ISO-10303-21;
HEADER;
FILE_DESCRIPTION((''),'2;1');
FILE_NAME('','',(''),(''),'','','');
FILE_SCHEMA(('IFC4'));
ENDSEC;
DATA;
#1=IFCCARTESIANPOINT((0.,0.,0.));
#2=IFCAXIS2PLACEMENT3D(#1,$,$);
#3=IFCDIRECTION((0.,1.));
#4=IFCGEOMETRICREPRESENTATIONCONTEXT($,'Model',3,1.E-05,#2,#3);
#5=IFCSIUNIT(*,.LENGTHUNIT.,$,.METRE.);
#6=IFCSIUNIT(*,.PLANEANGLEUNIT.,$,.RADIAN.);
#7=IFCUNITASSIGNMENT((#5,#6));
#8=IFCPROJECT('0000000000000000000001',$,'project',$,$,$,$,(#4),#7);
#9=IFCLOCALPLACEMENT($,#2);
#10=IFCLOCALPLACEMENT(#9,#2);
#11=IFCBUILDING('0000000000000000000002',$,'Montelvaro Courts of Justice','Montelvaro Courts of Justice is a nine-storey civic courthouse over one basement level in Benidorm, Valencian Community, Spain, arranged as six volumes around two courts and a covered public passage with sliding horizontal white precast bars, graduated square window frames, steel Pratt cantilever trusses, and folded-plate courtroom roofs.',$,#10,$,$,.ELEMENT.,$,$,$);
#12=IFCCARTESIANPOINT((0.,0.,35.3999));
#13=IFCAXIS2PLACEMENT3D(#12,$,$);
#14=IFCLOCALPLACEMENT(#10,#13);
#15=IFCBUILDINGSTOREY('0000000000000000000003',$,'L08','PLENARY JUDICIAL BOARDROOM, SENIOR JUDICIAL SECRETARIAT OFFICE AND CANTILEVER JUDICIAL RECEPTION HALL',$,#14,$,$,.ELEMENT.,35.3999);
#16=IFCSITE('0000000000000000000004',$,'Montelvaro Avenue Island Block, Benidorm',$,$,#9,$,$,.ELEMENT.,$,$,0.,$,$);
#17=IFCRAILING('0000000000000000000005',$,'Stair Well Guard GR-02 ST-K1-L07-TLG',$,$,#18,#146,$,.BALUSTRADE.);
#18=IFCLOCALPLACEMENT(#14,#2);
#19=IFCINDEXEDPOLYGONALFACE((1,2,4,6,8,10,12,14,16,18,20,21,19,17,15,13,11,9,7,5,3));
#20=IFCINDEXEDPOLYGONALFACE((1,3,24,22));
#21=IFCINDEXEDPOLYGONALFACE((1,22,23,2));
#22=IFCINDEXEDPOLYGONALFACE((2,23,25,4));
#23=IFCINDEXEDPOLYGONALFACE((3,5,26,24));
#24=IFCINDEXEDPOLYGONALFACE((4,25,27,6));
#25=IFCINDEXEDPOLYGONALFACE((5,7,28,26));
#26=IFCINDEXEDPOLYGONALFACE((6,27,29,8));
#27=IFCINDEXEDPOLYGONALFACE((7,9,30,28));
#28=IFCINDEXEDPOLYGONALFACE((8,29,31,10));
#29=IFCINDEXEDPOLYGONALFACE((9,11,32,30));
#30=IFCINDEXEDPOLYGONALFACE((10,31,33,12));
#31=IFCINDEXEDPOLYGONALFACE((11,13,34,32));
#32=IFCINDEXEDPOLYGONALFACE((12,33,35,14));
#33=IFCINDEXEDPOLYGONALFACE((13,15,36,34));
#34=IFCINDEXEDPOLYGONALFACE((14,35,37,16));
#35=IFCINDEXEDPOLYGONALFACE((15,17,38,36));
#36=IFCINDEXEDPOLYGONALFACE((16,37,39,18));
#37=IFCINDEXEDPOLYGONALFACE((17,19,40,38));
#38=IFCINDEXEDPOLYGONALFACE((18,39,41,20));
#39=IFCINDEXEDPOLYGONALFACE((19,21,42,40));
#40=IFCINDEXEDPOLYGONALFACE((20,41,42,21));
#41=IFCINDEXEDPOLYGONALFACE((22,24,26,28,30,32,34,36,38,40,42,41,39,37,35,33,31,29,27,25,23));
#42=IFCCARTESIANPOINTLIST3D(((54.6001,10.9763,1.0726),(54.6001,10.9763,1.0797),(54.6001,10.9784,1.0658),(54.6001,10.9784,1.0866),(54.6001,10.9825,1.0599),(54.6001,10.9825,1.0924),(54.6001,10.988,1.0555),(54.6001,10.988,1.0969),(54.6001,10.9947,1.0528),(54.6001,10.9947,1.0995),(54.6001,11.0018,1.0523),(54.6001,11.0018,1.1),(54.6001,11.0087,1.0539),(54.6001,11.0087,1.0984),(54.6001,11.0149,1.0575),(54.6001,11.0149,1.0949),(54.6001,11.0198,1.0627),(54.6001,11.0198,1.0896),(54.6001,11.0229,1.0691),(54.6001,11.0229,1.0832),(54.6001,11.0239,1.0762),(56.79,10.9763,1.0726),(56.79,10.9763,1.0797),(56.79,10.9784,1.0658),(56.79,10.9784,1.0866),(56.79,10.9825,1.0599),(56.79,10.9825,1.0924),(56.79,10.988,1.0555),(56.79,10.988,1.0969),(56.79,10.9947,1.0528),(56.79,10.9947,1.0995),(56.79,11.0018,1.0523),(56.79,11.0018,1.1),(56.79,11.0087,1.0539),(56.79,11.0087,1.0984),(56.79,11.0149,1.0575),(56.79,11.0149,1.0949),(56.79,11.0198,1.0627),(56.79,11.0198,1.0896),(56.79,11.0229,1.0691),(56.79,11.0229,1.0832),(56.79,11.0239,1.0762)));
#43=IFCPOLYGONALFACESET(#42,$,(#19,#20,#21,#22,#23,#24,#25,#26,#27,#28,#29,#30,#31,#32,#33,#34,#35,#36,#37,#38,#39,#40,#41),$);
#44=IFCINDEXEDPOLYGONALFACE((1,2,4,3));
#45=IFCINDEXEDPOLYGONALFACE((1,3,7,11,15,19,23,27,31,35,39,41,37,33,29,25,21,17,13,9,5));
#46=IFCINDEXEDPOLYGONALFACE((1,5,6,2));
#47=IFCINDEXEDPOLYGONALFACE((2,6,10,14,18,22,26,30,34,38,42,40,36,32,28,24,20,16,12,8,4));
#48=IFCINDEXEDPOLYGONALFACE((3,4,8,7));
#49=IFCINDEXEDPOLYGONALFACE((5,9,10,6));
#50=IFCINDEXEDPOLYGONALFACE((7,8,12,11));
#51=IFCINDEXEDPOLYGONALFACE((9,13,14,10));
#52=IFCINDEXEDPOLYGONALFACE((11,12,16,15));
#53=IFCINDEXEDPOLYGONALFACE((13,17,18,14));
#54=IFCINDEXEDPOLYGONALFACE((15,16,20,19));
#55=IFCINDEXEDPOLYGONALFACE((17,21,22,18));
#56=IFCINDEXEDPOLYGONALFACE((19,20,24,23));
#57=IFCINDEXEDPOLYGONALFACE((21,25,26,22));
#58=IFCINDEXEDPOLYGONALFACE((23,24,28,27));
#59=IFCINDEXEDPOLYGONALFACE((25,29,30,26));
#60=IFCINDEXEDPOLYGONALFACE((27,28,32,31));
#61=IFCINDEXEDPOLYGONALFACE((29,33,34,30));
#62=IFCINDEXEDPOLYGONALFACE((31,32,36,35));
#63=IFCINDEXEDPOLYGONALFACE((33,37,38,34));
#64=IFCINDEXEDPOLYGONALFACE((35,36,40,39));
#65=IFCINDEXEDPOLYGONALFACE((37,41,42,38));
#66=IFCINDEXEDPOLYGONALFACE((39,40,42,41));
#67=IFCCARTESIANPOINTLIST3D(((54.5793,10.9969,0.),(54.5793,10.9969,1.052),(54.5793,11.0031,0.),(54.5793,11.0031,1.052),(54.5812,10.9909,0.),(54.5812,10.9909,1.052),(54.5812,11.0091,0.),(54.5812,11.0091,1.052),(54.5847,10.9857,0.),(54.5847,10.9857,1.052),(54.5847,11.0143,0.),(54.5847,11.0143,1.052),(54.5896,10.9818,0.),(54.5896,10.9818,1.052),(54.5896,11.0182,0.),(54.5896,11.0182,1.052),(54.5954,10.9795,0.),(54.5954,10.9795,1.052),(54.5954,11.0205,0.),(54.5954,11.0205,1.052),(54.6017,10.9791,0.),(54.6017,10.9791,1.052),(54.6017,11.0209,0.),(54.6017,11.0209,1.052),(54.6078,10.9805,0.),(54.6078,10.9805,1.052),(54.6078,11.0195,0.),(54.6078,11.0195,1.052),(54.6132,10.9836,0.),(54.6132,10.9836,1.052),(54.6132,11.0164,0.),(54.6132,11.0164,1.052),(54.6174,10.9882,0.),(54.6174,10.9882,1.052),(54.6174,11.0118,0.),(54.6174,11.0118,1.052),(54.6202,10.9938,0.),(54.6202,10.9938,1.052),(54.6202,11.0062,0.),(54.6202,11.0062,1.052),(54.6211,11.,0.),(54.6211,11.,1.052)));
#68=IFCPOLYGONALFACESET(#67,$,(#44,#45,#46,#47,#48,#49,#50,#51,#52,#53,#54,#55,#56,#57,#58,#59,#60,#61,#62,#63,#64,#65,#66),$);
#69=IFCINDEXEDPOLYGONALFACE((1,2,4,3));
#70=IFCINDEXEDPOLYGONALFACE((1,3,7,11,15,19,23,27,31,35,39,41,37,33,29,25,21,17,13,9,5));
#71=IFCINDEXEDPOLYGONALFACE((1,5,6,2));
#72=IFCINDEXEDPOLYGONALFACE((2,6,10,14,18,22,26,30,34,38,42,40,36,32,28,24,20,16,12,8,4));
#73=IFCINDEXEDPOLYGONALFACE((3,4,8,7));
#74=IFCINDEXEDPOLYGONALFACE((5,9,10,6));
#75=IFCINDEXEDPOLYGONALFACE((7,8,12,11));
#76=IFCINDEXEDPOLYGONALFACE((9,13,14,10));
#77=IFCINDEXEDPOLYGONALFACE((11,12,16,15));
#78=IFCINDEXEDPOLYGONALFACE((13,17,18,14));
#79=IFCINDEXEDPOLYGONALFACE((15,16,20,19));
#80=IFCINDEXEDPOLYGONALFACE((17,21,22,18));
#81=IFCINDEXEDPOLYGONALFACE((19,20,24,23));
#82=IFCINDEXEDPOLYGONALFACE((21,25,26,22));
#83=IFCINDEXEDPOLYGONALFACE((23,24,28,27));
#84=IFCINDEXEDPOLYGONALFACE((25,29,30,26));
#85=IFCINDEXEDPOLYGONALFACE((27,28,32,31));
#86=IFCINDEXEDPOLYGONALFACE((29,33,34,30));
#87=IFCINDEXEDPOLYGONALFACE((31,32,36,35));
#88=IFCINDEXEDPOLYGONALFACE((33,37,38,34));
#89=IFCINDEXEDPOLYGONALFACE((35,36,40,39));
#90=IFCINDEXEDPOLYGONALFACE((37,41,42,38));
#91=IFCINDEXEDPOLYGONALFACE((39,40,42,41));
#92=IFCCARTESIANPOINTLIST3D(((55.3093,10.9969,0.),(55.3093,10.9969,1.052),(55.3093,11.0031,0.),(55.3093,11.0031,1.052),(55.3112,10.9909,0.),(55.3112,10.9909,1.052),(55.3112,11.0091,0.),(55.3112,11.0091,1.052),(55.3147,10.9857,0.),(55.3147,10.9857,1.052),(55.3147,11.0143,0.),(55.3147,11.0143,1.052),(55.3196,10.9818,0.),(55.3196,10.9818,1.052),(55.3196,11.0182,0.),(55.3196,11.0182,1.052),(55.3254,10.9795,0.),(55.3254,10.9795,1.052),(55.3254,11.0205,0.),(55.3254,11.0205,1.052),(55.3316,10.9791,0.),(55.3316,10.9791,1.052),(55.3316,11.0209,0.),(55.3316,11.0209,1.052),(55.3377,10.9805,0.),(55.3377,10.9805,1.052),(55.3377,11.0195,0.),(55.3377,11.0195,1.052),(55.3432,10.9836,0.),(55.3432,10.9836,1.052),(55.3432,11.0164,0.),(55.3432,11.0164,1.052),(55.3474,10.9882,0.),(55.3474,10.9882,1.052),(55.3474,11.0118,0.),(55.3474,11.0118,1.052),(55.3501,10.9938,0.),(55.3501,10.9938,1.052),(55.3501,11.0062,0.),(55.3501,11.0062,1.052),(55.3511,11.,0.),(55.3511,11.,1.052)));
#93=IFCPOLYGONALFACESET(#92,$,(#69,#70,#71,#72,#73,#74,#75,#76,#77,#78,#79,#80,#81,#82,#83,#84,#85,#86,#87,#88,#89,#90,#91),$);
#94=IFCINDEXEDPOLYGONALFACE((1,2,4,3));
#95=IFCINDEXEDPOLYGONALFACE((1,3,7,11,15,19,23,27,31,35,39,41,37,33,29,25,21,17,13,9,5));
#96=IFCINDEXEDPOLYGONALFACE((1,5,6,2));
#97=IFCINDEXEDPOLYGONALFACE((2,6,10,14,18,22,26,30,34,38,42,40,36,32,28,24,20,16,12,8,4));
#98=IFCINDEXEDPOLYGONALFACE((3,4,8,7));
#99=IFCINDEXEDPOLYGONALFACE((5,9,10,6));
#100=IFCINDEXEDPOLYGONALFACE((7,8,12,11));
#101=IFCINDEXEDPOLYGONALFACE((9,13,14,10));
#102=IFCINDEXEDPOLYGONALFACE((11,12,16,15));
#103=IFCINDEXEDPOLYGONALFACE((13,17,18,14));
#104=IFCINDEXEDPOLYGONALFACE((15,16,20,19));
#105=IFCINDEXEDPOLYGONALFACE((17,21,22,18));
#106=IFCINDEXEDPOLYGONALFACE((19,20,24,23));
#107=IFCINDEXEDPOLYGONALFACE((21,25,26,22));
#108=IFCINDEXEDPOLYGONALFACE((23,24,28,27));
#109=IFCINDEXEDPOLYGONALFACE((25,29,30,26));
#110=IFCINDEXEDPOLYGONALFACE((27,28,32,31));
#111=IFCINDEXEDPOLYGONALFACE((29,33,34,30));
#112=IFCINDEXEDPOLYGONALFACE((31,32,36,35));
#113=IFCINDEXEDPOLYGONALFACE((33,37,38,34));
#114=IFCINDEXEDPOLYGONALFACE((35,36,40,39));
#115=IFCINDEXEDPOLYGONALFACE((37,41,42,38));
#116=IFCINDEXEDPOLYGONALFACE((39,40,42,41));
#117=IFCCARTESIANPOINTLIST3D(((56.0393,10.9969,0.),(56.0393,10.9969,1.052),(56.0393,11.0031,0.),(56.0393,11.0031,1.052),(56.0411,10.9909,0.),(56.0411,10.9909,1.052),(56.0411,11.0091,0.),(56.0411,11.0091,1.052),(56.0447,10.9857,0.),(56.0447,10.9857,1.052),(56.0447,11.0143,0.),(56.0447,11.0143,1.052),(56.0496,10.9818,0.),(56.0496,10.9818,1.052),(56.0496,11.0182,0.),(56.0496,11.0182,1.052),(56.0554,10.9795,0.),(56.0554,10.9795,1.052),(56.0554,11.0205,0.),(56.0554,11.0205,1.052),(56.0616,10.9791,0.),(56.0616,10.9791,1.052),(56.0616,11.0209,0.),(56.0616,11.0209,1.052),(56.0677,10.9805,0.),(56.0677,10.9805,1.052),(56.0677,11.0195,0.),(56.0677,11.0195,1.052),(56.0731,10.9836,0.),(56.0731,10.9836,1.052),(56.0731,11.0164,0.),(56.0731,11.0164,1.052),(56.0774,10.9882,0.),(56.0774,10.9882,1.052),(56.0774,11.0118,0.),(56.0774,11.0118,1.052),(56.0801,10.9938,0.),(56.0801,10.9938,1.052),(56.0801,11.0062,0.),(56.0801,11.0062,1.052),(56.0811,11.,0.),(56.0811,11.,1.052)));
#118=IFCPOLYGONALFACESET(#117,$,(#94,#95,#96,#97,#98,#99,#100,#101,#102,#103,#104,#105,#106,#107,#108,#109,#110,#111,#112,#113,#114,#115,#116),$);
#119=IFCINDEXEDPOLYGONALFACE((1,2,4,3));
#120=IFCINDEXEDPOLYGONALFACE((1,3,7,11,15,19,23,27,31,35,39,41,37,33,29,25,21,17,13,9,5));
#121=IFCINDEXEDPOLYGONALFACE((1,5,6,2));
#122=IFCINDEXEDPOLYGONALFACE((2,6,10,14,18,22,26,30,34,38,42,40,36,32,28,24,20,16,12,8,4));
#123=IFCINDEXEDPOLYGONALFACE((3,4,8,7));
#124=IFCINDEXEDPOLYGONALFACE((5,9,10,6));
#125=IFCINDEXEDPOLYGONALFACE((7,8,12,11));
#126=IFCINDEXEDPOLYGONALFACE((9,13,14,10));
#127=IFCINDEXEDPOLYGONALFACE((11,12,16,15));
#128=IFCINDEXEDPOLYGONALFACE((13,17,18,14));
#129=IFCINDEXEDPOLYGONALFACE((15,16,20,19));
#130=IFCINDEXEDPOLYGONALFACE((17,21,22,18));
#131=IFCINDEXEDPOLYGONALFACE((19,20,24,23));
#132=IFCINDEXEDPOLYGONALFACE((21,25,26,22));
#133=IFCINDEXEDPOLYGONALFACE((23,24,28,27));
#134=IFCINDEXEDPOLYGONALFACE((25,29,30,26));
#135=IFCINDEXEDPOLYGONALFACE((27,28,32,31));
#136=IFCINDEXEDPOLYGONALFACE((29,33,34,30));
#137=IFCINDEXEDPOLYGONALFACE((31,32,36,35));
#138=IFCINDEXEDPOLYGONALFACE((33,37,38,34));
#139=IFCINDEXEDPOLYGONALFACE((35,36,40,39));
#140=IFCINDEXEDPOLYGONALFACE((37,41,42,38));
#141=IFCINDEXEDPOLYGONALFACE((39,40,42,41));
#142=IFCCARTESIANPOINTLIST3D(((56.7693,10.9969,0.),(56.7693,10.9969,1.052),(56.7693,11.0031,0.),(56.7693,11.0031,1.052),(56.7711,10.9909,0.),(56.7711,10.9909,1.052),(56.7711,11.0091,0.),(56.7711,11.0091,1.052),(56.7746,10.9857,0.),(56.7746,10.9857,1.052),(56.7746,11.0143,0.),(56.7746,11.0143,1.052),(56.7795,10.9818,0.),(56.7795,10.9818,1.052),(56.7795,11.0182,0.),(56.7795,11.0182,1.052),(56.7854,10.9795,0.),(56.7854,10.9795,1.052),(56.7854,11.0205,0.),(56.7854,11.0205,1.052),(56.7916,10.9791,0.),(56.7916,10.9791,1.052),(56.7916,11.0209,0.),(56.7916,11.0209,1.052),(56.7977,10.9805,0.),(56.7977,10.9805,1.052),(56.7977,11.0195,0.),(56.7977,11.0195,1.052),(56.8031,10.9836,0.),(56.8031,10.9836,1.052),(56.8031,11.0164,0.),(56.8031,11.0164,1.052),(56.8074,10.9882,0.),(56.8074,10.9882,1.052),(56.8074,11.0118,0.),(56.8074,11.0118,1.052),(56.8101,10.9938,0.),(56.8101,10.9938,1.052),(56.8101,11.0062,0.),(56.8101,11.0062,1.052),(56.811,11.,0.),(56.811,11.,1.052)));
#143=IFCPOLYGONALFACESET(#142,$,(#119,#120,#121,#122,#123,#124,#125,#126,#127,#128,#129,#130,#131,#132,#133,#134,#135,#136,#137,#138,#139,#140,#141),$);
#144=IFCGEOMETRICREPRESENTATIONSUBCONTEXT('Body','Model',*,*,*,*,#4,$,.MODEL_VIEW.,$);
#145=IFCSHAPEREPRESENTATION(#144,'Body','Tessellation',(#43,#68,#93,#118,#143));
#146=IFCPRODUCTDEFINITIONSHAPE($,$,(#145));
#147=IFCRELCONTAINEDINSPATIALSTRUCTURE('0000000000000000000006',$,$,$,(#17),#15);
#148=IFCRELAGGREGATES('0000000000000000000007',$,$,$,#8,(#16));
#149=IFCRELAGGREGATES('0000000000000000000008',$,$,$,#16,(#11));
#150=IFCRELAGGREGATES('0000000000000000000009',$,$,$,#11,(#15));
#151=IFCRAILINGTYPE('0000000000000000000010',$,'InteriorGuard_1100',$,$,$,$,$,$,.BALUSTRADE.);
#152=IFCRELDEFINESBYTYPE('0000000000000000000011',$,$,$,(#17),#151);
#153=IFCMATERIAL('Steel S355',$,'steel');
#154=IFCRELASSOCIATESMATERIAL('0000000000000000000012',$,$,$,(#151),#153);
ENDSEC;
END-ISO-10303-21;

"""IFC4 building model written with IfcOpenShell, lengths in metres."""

from ifc_helpers import new_model, si_unit, direction, frame, origin, origin_2d, place, context, subcontext, project, spatial, circle, extrude, material, type_object, element, save


model = new_model("IFC4")

# Units and contexts
model_context = context("Model", 3, precision=1e-05, world=origin(), true_north=direction((0.0, 1.0)))
body_context = subcontext(model_context, "Body", "Model", "MODEL_VIEW")
ifc_project = project(units=[si_unit("LENGTHUNIT", "METRE"), si_unit("PLANEANGLEUNIT", "RADIAN")], contexts=[model_context])

# Site, building, storey
site_placement = place(None, origin())
site = spatial("IfcSite", under=ifc_project, at=site_placement, Name="Montelvaro Avenue Island Block, Benidorm", CompositionType="ELEMENT", RefElevation=0.0)
building_placement = place(site_placement, origin())
building = spatial("IfcBuilding", under=site, at=building_placement, Name="Montelvaro Courts of Justice", Description="Montelvaro Courts of Justice is a nine-storey civic courthouse over one basement level in Benidorm, Valencian Community, Spain, arranged as six volumes around two courts and a covered public passage with sliding horizontal white precast bars, graduated square window frames, steel Pratt cantilever trusses, and folded-plate courtroom roofs.", CompositionType="ELEMENT")
storey_placement = place(building_placement, frame((0.0, 0.0, 35.3999)))
storey = spatial("IfcBuildingStorey", under=building, at=storey_placement, Name="L08", Description="PLENARY JUDICIAL BOARDROOM, SENIOR JUDICIAL SECRETARIAT OFFICE AND CANTILEVER JUDICIAL RECEPTION HALL", CompositionType="ELEMENT", Elevation=35.3999)

# Shared definitions
ifc_material_1 = material(Name="Steel S355", Category="steel")

# Railing
railing_type = type_object("IfcRailingType", Name="InteriorGuard_1100", PredefinedType="BALUSTRADE", material=ifc_material_1)
railing_placement = place(storey_placement, frame((54.6001, 11.0, 0.0)))
element("IfcRailing", 1, at=railing_placement, inside=storey, type_object=railing_type, Name="Stair Well Guard GR-02 ST-K1-L07-TLG", PredefinedType="BALUSTRADE", context=body_context, shape_type="SweptSolid", body=[
    extrude(circle(Radius=0.0239, at=origin_2d()), frame((0.0, 0.0, 1.0762), z_axis=(1.0, 0.0, 0.0), x_axis=(0.0, 1.0, 0.0)), (0.0, 0.0, 1.0), 2.1899),
    extrude(circle(Radius=0.021, at=origin_2d()), origin(), (0.0, 0.0, 1.0), 1.052),
    extrude(circle(Radius=0.021, at=origin_2d()), frame((0.73, 0.0, 0.0)), (0.0, 0.0, 1.0), 1.052),
    extrude(circle(Radius=0.021, at=origin_2d()), frame((1.46, 0.0, 0.0)), (0.0, 0.0, 1.0), 1.052),
    extrude(circle(Radius=0.021, at=origin_2d()), frame((2.1899, 0.0, 0.0)), (0.0, 0.0, 1.0), 1.052),
])

save(model, "model.ifc")
